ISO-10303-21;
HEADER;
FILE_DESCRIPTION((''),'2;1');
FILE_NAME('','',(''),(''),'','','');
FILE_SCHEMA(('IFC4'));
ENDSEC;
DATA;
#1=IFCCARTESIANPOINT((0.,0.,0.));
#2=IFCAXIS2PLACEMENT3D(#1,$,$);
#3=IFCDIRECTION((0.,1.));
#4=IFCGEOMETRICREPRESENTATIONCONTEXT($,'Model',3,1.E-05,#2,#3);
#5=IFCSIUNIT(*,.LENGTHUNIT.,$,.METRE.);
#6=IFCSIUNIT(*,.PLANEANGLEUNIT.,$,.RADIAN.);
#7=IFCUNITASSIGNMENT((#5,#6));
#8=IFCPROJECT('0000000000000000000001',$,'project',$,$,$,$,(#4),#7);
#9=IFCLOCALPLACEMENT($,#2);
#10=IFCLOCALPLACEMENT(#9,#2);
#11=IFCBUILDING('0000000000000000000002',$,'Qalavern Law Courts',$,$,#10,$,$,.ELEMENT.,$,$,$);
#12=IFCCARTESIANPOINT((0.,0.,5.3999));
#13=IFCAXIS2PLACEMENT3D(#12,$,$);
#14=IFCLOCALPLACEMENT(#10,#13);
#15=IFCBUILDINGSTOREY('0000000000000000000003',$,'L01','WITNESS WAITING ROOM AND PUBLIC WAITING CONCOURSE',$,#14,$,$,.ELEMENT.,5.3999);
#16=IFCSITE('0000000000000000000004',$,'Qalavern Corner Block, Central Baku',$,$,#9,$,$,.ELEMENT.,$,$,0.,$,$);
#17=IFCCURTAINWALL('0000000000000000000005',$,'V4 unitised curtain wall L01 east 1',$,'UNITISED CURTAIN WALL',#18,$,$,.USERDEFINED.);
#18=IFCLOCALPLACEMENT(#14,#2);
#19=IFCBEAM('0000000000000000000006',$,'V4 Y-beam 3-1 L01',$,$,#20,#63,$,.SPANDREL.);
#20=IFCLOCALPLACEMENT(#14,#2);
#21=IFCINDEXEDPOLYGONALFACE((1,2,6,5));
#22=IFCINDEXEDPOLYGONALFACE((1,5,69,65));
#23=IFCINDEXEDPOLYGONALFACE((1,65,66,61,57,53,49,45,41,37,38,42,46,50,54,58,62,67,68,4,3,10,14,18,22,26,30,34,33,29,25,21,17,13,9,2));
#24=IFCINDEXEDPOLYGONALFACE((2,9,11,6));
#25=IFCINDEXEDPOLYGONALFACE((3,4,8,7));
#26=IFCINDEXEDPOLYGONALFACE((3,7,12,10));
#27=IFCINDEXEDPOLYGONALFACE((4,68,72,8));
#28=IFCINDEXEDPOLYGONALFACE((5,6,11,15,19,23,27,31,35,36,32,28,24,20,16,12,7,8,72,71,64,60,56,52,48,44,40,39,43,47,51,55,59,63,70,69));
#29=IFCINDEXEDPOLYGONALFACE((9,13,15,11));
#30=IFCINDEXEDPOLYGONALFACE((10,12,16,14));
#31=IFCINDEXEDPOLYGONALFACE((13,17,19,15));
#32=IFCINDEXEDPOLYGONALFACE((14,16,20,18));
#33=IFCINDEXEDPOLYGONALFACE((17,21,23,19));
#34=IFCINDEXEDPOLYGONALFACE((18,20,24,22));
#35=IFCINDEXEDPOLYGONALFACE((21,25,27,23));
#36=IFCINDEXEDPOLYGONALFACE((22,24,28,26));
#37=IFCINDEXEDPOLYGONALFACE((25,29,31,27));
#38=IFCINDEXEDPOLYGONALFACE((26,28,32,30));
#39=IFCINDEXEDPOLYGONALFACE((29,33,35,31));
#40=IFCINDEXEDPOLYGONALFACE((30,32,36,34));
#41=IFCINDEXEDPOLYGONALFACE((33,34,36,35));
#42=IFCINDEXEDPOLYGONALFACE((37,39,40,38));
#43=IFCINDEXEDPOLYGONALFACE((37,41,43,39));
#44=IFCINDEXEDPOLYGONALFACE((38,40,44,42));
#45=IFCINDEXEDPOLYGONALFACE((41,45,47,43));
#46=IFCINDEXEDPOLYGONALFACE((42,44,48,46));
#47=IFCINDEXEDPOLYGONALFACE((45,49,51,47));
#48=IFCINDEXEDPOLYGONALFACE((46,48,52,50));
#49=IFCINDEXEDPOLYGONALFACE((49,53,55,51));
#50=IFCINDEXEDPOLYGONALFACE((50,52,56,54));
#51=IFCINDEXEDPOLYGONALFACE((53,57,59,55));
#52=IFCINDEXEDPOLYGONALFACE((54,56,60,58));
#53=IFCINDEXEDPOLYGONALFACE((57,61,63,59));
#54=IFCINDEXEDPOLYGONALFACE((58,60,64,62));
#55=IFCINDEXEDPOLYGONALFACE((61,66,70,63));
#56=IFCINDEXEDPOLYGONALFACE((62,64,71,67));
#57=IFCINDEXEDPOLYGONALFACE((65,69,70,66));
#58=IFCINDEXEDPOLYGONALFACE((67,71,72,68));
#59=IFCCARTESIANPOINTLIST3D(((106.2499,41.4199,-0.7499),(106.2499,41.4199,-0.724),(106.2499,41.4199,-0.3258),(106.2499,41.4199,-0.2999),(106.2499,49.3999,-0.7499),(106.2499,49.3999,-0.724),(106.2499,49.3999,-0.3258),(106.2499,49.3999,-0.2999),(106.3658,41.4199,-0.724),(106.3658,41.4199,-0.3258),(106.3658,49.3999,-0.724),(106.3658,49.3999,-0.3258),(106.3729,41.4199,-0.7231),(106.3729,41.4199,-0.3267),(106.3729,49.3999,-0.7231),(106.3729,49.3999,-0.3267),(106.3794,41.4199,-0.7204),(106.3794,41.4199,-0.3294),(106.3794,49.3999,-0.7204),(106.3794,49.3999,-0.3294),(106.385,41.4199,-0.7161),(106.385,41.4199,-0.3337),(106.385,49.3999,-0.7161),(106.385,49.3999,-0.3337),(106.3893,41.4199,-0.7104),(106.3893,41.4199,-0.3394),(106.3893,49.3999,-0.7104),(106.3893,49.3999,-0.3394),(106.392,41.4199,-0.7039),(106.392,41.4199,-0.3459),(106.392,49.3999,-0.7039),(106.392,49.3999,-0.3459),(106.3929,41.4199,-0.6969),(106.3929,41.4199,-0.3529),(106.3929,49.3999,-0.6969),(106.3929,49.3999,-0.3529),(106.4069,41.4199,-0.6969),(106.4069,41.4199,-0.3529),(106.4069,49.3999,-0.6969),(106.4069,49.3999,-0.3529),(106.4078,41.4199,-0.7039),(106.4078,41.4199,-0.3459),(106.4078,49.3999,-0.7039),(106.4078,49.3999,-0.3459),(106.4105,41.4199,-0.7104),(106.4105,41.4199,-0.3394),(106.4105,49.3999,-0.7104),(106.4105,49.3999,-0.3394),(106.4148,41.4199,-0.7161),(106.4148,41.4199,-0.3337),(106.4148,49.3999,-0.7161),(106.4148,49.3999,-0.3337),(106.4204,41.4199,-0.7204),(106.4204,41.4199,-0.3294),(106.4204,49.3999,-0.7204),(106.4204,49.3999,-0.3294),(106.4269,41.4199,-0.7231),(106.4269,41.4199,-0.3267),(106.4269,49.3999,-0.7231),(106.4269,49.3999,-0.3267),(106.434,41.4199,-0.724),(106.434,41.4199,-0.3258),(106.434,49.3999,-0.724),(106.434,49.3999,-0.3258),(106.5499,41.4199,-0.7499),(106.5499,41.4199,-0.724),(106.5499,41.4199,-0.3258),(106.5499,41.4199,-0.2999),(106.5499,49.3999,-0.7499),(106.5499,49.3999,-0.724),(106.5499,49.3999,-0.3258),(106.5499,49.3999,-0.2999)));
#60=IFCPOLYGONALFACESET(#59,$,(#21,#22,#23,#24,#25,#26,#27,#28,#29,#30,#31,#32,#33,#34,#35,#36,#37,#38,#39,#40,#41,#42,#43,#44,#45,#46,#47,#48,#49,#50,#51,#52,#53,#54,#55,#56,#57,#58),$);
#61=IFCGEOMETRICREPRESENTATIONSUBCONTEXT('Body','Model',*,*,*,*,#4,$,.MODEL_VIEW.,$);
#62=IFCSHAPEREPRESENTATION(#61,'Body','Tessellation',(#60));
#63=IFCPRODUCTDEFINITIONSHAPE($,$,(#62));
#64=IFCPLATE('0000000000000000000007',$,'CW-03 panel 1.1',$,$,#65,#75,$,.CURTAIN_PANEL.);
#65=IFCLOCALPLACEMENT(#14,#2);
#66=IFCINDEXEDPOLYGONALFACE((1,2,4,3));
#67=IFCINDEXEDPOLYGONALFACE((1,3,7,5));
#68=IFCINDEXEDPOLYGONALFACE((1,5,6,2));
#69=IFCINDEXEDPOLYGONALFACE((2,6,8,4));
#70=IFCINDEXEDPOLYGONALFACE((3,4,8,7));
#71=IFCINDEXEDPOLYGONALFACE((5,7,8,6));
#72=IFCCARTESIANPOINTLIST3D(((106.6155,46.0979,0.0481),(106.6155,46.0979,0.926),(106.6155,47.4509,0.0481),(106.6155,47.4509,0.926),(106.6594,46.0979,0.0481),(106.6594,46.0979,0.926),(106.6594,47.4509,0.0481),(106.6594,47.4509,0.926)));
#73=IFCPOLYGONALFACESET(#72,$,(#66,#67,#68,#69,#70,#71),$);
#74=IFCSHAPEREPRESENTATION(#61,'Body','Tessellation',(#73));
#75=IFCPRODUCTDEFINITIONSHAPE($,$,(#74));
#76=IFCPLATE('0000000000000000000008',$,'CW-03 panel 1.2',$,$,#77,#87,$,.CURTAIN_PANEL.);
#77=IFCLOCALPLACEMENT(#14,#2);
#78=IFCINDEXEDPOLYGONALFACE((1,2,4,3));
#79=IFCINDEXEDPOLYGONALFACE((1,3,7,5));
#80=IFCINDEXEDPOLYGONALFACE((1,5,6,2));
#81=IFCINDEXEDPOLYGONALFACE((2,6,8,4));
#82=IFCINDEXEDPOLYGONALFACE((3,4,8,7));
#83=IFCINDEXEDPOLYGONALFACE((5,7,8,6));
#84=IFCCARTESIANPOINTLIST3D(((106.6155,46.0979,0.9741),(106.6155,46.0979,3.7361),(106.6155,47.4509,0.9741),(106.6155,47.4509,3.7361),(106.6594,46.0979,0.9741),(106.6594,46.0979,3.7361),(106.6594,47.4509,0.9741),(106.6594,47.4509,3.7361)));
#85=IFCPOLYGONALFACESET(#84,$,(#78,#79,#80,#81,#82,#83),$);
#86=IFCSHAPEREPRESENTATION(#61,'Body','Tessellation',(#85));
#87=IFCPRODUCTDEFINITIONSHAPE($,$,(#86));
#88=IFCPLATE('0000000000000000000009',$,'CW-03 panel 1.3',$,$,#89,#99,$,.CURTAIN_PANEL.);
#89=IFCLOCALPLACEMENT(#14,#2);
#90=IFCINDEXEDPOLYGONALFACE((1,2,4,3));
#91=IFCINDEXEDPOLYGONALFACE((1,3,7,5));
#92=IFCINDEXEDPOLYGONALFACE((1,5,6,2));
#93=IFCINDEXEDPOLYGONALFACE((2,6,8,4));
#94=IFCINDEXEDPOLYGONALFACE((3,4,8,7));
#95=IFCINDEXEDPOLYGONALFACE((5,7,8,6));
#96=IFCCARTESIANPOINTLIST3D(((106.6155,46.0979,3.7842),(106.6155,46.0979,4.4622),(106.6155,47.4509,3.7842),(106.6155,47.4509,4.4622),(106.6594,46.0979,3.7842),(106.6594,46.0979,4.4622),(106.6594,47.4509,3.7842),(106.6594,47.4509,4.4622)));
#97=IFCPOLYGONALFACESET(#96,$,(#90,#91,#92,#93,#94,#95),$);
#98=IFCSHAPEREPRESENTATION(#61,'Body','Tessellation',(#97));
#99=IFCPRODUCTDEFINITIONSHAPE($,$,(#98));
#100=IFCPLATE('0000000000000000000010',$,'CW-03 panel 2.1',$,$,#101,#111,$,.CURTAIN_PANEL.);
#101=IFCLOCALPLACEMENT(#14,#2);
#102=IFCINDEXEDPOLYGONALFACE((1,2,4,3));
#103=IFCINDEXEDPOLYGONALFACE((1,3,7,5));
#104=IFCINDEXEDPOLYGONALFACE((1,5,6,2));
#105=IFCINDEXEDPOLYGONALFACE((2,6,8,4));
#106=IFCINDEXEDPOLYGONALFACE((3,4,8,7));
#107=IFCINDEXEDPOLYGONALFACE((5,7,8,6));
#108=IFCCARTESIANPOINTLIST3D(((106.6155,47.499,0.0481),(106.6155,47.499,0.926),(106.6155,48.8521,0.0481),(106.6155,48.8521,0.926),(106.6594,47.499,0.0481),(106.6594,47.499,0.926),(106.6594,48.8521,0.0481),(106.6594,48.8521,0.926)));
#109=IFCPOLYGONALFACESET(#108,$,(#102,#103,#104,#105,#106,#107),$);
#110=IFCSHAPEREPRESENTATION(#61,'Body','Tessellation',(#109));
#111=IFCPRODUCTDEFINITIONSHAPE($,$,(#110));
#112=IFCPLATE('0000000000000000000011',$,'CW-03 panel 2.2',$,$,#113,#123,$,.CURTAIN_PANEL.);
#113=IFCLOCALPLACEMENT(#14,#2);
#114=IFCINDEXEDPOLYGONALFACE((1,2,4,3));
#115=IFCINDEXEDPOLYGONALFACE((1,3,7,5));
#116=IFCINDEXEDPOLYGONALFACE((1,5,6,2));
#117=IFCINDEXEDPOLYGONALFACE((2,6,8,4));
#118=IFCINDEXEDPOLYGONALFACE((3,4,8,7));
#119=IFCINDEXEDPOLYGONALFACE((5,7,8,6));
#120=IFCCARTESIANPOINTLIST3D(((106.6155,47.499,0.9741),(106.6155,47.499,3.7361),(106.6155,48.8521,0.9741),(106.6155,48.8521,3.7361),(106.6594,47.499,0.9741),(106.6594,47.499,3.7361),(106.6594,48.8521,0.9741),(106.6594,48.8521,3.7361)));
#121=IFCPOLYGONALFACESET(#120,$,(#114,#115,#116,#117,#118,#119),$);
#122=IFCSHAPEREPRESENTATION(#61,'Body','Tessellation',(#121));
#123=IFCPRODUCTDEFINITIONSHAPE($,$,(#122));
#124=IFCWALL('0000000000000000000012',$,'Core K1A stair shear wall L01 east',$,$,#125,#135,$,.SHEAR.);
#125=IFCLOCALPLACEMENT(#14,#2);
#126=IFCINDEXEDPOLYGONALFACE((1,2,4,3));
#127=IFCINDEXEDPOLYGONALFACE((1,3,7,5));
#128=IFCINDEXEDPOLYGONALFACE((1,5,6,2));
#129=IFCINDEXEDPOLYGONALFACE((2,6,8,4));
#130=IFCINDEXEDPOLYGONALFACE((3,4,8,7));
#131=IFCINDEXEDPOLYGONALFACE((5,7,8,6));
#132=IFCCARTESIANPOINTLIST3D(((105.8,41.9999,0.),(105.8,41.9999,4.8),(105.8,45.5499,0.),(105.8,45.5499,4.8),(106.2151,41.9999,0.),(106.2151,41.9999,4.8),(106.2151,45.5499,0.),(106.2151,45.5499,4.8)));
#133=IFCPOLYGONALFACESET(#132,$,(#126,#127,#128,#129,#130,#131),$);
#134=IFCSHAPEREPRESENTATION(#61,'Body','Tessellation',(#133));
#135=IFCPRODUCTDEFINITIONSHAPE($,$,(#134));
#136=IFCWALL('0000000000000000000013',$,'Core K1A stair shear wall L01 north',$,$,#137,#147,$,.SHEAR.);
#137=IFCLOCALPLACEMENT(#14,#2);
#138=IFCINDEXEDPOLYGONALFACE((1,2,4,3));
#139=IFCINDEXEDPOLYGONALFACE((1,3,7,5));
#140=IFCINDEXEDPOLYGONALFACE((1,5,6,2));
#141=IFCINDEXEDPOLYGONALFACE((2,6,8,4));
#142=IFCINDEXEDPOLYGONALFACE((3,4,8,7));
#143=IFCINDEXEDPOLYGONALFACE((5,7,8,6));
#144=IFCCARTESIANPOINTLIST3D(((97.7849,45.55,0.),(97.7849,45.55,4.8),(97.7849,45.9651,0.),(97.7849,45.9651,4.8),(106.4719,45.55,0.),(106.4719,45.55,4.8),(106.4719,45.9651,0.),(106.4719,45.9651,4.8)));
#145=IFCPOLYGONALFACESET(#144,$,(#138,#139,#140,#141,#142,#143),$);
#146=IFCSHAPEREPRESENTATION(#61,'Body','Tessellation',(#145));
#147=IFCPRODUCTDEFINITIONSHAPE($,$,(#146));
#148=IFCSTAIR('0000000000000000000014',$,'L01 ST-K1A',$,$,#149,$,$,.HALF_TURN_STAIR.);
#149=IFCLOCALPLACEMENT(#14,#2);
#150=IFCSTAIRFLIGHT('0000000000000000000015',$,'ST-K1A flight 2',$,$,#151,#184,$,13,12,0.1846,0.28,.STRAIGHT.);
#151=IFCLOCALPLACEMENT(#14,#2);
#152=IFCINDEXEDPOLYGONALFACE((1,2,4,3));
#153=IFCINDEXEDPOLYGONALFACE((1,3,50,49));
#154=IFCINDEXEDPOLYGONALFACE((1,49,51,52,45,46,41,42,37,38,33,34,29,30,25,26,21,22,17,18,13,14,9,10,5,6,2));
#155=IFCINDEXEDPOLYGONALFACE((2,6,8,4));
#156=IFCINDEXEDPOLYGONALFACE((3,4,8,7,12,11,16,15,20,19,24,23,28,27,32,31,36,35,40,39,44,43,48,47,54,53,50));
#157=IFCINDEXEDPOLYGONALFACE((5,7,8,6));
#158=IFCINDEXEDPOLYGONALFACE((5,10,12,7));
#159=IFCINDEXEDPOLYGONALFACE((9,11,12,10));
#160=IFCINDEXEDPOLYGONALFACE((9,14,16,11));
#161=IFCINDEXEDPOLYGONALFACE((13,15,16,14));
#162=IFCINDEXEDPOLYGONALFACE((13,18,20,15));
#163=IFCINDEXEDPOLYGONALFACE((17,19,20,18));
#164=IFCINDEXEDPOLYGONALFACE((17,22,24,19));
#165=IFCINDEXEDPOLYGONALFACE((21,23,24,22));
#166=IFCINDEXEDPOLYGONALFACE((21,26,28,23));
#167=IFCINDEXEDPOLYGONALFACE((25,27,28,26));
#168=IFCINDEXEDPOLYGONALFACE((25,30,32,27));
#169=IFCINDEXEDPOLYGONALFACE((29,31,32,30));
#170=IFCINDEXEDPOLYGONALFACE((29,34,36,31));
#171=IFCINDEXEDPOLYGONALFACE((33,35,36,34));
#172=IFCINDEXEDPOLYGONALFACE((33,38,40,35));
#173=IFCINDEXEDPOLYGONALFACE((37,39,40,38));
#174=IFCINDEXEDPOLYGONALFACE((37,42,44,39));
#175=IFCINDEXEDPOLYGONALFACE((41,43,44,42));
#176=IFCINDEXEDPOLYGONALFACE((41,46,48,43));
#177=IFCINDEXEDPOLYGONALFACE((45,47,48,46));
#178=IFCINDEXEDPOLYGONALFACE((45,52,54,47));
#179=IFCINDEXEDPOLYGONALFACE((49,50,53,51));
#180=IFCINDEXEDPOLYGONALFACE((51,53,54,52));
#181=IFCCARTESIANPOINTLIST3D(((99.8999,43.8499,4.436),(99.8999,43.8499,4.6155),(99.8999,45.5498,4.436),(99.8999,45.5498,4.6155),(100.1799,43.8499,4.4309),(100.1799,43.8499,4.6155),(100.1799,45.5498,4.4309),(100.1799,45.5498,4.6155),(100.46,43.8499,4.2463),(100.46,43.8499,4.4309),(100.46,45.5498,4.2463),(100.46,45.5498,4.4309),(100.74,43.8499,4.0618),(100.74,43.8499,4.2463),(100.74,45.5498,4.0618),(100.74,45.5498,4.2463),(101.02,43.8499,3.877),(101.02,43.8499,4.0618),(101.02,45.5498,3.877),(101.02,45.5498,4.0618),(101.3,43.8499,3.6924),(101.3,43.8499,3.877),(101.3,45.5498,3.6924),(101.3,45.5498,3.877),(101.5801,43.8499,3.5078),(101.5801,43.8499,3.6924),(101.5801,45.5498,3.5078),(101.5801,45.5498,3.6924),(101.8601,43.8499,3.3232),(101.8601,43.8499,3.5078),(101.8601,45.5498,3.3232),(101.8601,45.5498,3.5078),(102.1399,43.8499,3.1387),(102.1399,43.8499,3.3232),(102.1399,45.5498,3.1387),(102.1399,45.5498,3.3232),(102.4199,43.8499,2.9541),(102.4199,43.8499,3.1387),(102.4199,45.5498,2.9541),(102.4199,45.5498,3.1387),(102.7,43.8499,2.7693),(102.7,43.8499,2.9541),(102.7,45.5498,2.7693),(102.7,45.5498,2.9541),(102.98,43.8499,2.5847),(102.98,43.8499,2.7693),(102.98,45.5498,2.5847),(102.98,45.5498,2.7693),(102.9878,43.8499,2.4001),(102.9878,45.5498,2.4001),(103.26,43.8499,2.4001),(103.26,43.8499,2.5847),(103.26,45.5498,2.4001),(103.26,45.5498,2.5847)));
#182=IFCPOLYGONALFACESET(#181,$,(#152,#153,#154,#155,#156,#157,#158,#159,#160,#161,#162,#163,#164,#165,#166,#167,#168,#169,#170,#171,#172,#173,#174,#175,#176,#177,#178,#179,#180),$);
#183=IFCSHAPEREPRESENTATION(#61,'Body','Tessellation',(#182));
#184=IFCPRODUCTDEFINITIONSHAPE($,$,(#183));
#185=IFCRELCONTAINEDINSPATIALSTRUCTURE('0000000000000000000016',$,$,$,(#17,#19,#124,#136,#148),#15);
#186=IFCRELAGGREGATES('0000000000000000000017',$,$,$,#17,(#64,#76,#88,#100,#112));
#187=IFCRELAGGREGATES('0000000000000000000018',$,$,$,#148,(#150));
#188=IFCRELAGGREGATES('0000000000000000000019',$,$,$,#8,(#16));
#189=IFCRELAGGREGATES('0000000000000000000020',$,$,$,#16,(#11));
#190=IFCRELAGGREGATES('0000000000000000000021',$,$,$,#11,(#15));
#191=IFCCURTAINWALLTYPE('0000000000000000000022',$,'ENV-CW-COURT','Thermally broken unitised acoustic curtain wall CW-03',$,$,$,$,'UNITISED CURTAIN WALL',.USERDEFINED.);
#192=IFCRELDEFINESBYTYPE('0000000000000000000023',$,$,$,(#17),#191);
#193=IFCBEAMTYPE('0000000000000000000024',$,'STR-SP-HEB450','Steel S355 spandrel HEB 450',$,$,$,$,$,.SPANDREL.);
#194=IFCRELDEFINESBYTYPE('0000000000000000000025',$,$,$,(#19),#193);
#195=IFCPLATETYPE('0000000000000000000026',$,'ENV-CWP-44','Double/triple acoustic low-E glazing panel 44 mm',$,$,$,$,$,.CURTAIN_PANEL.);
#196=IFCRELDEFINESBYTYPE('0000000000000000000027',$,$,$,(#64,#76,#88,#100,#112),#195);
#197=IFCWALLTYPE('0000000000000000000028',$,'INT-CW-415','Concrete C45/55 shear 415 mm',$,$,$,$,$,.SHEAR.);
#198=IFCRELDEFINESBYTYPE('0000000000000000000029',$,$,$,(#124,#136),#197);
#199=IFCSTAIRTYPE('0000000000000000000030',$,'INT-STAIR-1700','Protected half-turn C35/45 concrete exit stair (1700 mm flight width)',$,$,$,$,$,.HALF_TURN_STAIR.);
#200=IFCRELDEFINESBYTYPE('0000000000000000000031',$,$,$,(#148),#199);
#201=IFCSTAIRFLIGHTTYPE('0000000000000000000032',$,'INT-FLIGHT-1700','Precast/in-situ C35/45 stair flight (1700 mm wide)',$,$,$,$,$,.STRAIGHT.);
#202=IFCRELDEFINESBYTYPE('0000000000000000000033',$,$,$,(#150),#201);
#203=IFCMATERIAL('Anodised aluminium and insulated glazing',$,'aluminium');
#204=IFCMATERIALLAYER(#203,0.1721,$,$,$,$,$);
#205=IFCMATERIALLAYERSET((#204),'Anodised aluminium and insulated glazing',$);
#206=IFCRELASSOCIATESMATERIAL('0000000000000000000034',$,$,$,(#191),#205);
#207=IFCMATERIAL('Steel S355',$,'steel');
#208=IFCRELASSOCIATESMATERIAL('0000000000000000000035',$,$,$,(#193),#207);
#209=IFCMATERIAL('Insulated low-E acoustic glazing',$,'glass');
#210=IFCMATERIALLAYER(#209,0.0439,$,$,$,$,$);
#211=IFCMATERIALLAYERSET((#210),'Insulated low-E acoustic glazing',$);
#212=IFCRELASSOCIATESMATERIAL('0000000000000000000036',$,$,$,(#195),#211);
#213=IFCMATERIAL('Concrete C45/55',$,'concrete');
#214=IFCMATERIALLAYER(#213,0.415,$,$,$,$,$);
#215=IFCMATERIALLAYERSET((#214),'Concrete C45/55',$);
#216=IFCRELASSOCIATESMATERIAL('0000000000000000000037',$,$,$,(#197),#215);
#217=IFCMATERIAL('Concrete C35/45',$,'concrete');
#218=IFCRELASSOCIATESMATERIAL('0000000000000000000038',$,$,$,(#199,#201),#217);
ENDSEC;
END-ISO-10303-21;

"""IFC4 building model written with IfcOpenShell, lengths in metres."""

from ifc_helpers import new_model, si_unit, direction, frame, frame_2d, origin, origin_2d, place, context, subcontext, project, spatial, polyline, rectangle, i_section, outline, extrude, material, layer, layer_set, material_profile, profile_set, type_object, element, aggregate, save


model = new_model("IFC4")

# Units and contexts
model_context = context("Model", 3, precision=1e-05, world=origin(), true_north=direction((0.0, 1.0)))
body_context = subcontext(model_context, "Body", "Model", "MODEL_VIEW")
ifc_project = project(units=[si_unit("LENGTHUNIT", "METRE"), si_unit("PLANEANGLEUNIT", "RADIAN")], contexts=[model_context])

# Site, building, storey
site_placement = place(None, origin())
site = spatial("IfcSite", under=ifc_project, at=site_placement, Name="Qalavern Corner Block, Central Baku", CompositionType="ELEMENT", RefElevation=0.0)
building_placement = place(site_placement, origin())
building = spatial("IfcBuilding", under=site, at=building_placement, Name="Qalavern Law Courts", CompositionType="ELEMENT")
storey_placement = place(building_placement, frame((0.0, 0.0, 5.3999)))
storey = spatial("IfcBuildingStorey", under=building, at=storey_placement, Name="L01", Description="WITNESS WAITING ROOM AND PUBLIC WAITING CONCOURSE", CompositionType="ELEMENT", Elevation=5.3999)

# Curtain wall
ifc_material_1 = material(Name="Anodised aluminium and insulated glazing", Category="aluminium")
ifc_layer_1 = layer(ifc_material_1, 0.1721)
ifc_layer_set_1 = layer_set([ifc_layer_1], Name="Anodised aluminium and insulated glazing")
curtain_wall_type = type_object("IfcCurtainWallType", Name="ENV-CW-COURT", Description="Thermally broken unitised acoustic curtain wall CW-03", ElementType="UNITISED CURTAIN WALL", PredefinedType="USERDEFINED", material=ifc_layer_set_1)
curtain_wall_placement = place(storey_placement, origin())
curtain_wall = element("IfcCurtainWall", 1, at=curtain_wall_placement, inside=storey, type_object=curtain_wall_type, Name="V4 unitised curtain wall L01 east 1", ObjectType="UNITISED CURTAIN WALL", PredefinedType="USERDEFINED")

# Beam
ifc_material_2 = material(Name="Steel S355", Category="steel")
ifc_material_profile_1 = material_profile(ifc_material_2, i_section(OverallWidth=0.3, OverallDepth=0.45, WebThickness=0.0139, FlangeThickness=0.0259, FilletRadius=0.0271, at=origin_2d()), Name="HEB 450")
ifc_profile_set_1 = profile_set([ifc_material_profile_1], Name="Steel S355")
beam_type = type_object("IfcBeamType", Name="STR-SP-HEB450", Description="Steel S355 spandrel HEB 450", PredefinedType="SPANDREL", material=ifc_profile_set_1)
beam_placement = place(storey_placement, frame((106.3999, 41.4199, -0.5249), z_axis=(0.0, 1.0, 0.0), x_axis=(-1.0, 0.0, 0.0)))
element("IfcBeam", 2, at=beam_placement, inside=storey, type_object=beam_type, Name="V4 Y-beam 3-1 L01", PredefinedType="SPANDREL", context=body_context, shape_type="SweptSolid", body=[
    extrude(i_section(OverallWidth=0.3, OverallDepth=0.45, WebThickness=0.0139, FlangeThickness=0.0259, FilletRadius=0.0271, at=origin_2d()), origin(), (0.0, 0.0, 1.0), 7.98),
])

# Plates
ifc_material_3 = material(Name="Insulated low-E acoustic glazing", Category="glass")
ifc_layer_2 = layer(ifc_material_3, 0.0439)
ifc_layer_set_2 = layer_set([ifc_layer_2], Name="Insulated low-E acoustic glazing")
plate_type = type_object("IfcPlateType", Name="ENV-CWP-44", Description="Double/triple acoustic low-E glazing panel 44 mm", PredefinedType="CURTAIN_PANEL", material=ifc_layer_set_2)
plate_1_placement = place(storey_placement, frame((106.6375, 46.7744, 0.0481), z_axis=(0.0, 0.0, 1.0), x_axis=(0.0, 1.0, 0.0)))
plate_1 = element("IfcPlate", 3, at=plate_1_placement, type_object=plate_type, Name="CW-03 panel 1.1", PredefinedType="CURTAIN_PANEL", context=body_context, shape_type="SweptSolid", body=[
    extrude(rectangle(XDim=1.353, YDim=0.0439, at=origin_2d()), origin(), (0.0, 0.0, 1.0), 0.8779),
])
plate_2_placement = place(storey_placement, frame((106.6375, 46.7744, 0.9741), z_axis=(0.0, 0.0, 1.0), x_axis=(0.0, 1.0, 0.0)))
plate_2 = element("IfcPlate", 4, at=plate_2_placement, type_object=plate_type, Name="CW-03 panel 1.2", PredefinedType="CURTAIN_PANEL", context=body_context, shape_type="SweptSolid", body=[
    extrude(rectangle(XDim=1.353, YDim=0.0439, at=origin_2d()), origin(), (0.0, 0.0, 1.0), 2.762),
])
plate_3_placement = place(storey_placement, frame((106.6375, 46.7744, 3.7842), z_axis=(0.0, 0.0, 1.0), x_axis=(0.0, 1.0, 0.0)))
plate_3 = element("IfcPlate", 5, at=plate_3_placement, type_object=plate_type, Name="CW-03 panel 1.3", PredefinedType="CURTAIN_PANEL", context=body_context, shape_type="SweptSolid", body=[
    extrude(rectangle(XDim=1.353, YDim=0.0439, at=origin_2d()), origin(), (0.0, 0.0, 1.0), 0.678),
])
plate_4_placement = place(storey_placement, frame((106.6375, 48.1755, 0.0481), z_axis=(0.0, 0.0, 1.0), x_axis=(0.0, 1.0, 0.0)))
plate_4 = element("IfcPlate", 6, at=plate_4_placement, type_object=plate_type, Name="CW-03 panel 2.1", PredefinedType="CURTAIN_PANEL", context=body_context, shape_type="SweptSolid", body=[
    extrude(rectangle(XDim=1.353, YDim=0.0439, at=origin_2d()), origin(), (0.0, 0.0, 1.0), 0.8779),
])
plate_5_placement = place(storey_placement, frame((106.6375, 48.1755, 0.9741), z_axis=(0.0, 0.0, 1.0), x_axis=(0.0, 1.0, 0.0)))
plate_5 = element("IfcPlate", 7, at=plate_5_placement, type_object=plate_type, Name="CW-03 panel 2.2", PredefinedType="CURTAIN_PANEL", context=body_context, shape_type="SweptSolid", body=[
    extrude(rectangle(XDim=1.353, YDim=0.0439, at=origin_2d()), origin(), (0.0, 0.0, 1.0), 2.762),
])
aggregate(curtain_wall, [plate_1, plate_2, plate_3, plate_4, plate_5])

# Walls
ifc_material_4 = material(Name="Concrete C45/55", Category="concrete")
ifc_layer_3 = layer(ifc_material_4, 0.415)
ifc_layer_set_3 = layer_set([ifc_layer_3], Name="Concrete C45/55")
wall_type = type_object("IfcWallType", Name="INT-CW-415", Description="Concrete C45/55 shear 415 mm", PredefinedType="SHEAR", material=ifc_layer_set_3)
wall_1_placement = place(storey_placement, frame((106.0076, 42.0, 0.0), z_axis=(0.0, 0.0, 1.0), x_axis=(0.0, 1.0, 0.0)))
element("IfcWall", 8, at=wall_1_placement, inside=storey, type_object=wall_type, Name="Core K1A stair shear wall L01 east", PredefinedType="SHEAR", context=body_context, shape_type="SweptSolid", body=[
    extrude(rectangle(XDim=3.55, YDim=0.415, at=frame_2d((1.7749, 0.0))), origin(), (0.0, 0.0, 1.0), 4.8),
])
wall_2_placement = place(storey_placement, frame((106.4719, 45.7576, 0.0), z_axis=(0.0, 0.0, 1.0), x_axis=(-1.0, 0.0, 0.0)))
element("IfcWall", 9, at=wall_2_placement, inside=storey, type_object=wall_type, Name="Core K1A stair shear wall L01 north", PredefinedType="SHEAR", context=body_context, shape_type="SweptSolid", body=[
    extrude(rectangle(XDim=8.687, YDim=0.415, at=frame_2d((4.3435, 0.0))), origin(), (0.0, 0.0, 1.0), 4.8),
])

# Stair, stair flight
ifc_material_5 = material(Name="Concrete C35/45", Category="concrete")
stair_type = type_object("IfcStairType", Name="INT-STAIR-1700", Description="Protected half-turn C35/45 concrete exit stair (1700 mm flight width)", PredefinedType="HALF_TURN_STAIR", material=ifc_material_5)
stair_placement = place(storey_placement, origin())
stair = element("IfcStair", 10, at=stair_placement, inside=storey, type_object=stair_type, Name="L01 ST-K1A", PredefinedType="HALF_TURN_STAIR")
stair_flight_type = type_object("IfcStairFlightType", Name="INT-FLIGHT-1700", Description="Precast/in-situ C35/45 stair flight (1700 mm wide)", PredefinedType="STRAIGHT", material=ifc_material_5)
stair_flight_placement = place(storey_placement, frame((103.26, 44.7, 2.4001), z_axis=(0.0, 0.0, 1.0), x_axis=(-1.0, 0.0, 0.0)))
stair_flight = element("IfcStairFlight", 11, at=stair_flight_placement, type_object=stair_flight_type, Name="ST-K1A flight 2", NumberOfRisers=13, NumberOfTreads=12, PredefinedType="STRAIGHT", RiserHeight=0.1846, TreadLength=0.28, context=body_context, shape_type="SweptSolid", body=[
    extrude(outline(polyline([(0.0, 0.0), (0.0, 0.1846), (0.28, 0.1846), (0.28, 0.3691), (0.5601, 0.3691), (0.5601, 0.554), (0.8401, 0.554), (0.8401, 0.7385), (1.1201, 0.7385), (1.1201, 0.9231), (1.3999, 0.9231), (1.3999, 1.1077), (1.6799, 1.1077), (1.6799, 1.2922), (1.96, 1.2922), (1.96, 1.4768), (2.24, 1.4768), (2.24, 1.6616), (2.52, 1.6616), (2.52, 1.8462), (2.8, 1.8462), (2.8, 2.0308), (3.0801, 2.0308), (3.0801, 2.2153), (3.3601, 2.2153), (3.3601, 2.3999), (3.3601, 2.0359), (0.2722, 0.0), (0.0, 0.0)])), frame((0.0, 0.8501, 0.0), z_axis=(0.0, -1.0, 0.0), x_axis=(1.0, 0.0, 0.0)), (0.0, 0.0, 1.0), 1.7),
])
aggregate(stair, [stair_flight])

save(model, "model.ifc")
